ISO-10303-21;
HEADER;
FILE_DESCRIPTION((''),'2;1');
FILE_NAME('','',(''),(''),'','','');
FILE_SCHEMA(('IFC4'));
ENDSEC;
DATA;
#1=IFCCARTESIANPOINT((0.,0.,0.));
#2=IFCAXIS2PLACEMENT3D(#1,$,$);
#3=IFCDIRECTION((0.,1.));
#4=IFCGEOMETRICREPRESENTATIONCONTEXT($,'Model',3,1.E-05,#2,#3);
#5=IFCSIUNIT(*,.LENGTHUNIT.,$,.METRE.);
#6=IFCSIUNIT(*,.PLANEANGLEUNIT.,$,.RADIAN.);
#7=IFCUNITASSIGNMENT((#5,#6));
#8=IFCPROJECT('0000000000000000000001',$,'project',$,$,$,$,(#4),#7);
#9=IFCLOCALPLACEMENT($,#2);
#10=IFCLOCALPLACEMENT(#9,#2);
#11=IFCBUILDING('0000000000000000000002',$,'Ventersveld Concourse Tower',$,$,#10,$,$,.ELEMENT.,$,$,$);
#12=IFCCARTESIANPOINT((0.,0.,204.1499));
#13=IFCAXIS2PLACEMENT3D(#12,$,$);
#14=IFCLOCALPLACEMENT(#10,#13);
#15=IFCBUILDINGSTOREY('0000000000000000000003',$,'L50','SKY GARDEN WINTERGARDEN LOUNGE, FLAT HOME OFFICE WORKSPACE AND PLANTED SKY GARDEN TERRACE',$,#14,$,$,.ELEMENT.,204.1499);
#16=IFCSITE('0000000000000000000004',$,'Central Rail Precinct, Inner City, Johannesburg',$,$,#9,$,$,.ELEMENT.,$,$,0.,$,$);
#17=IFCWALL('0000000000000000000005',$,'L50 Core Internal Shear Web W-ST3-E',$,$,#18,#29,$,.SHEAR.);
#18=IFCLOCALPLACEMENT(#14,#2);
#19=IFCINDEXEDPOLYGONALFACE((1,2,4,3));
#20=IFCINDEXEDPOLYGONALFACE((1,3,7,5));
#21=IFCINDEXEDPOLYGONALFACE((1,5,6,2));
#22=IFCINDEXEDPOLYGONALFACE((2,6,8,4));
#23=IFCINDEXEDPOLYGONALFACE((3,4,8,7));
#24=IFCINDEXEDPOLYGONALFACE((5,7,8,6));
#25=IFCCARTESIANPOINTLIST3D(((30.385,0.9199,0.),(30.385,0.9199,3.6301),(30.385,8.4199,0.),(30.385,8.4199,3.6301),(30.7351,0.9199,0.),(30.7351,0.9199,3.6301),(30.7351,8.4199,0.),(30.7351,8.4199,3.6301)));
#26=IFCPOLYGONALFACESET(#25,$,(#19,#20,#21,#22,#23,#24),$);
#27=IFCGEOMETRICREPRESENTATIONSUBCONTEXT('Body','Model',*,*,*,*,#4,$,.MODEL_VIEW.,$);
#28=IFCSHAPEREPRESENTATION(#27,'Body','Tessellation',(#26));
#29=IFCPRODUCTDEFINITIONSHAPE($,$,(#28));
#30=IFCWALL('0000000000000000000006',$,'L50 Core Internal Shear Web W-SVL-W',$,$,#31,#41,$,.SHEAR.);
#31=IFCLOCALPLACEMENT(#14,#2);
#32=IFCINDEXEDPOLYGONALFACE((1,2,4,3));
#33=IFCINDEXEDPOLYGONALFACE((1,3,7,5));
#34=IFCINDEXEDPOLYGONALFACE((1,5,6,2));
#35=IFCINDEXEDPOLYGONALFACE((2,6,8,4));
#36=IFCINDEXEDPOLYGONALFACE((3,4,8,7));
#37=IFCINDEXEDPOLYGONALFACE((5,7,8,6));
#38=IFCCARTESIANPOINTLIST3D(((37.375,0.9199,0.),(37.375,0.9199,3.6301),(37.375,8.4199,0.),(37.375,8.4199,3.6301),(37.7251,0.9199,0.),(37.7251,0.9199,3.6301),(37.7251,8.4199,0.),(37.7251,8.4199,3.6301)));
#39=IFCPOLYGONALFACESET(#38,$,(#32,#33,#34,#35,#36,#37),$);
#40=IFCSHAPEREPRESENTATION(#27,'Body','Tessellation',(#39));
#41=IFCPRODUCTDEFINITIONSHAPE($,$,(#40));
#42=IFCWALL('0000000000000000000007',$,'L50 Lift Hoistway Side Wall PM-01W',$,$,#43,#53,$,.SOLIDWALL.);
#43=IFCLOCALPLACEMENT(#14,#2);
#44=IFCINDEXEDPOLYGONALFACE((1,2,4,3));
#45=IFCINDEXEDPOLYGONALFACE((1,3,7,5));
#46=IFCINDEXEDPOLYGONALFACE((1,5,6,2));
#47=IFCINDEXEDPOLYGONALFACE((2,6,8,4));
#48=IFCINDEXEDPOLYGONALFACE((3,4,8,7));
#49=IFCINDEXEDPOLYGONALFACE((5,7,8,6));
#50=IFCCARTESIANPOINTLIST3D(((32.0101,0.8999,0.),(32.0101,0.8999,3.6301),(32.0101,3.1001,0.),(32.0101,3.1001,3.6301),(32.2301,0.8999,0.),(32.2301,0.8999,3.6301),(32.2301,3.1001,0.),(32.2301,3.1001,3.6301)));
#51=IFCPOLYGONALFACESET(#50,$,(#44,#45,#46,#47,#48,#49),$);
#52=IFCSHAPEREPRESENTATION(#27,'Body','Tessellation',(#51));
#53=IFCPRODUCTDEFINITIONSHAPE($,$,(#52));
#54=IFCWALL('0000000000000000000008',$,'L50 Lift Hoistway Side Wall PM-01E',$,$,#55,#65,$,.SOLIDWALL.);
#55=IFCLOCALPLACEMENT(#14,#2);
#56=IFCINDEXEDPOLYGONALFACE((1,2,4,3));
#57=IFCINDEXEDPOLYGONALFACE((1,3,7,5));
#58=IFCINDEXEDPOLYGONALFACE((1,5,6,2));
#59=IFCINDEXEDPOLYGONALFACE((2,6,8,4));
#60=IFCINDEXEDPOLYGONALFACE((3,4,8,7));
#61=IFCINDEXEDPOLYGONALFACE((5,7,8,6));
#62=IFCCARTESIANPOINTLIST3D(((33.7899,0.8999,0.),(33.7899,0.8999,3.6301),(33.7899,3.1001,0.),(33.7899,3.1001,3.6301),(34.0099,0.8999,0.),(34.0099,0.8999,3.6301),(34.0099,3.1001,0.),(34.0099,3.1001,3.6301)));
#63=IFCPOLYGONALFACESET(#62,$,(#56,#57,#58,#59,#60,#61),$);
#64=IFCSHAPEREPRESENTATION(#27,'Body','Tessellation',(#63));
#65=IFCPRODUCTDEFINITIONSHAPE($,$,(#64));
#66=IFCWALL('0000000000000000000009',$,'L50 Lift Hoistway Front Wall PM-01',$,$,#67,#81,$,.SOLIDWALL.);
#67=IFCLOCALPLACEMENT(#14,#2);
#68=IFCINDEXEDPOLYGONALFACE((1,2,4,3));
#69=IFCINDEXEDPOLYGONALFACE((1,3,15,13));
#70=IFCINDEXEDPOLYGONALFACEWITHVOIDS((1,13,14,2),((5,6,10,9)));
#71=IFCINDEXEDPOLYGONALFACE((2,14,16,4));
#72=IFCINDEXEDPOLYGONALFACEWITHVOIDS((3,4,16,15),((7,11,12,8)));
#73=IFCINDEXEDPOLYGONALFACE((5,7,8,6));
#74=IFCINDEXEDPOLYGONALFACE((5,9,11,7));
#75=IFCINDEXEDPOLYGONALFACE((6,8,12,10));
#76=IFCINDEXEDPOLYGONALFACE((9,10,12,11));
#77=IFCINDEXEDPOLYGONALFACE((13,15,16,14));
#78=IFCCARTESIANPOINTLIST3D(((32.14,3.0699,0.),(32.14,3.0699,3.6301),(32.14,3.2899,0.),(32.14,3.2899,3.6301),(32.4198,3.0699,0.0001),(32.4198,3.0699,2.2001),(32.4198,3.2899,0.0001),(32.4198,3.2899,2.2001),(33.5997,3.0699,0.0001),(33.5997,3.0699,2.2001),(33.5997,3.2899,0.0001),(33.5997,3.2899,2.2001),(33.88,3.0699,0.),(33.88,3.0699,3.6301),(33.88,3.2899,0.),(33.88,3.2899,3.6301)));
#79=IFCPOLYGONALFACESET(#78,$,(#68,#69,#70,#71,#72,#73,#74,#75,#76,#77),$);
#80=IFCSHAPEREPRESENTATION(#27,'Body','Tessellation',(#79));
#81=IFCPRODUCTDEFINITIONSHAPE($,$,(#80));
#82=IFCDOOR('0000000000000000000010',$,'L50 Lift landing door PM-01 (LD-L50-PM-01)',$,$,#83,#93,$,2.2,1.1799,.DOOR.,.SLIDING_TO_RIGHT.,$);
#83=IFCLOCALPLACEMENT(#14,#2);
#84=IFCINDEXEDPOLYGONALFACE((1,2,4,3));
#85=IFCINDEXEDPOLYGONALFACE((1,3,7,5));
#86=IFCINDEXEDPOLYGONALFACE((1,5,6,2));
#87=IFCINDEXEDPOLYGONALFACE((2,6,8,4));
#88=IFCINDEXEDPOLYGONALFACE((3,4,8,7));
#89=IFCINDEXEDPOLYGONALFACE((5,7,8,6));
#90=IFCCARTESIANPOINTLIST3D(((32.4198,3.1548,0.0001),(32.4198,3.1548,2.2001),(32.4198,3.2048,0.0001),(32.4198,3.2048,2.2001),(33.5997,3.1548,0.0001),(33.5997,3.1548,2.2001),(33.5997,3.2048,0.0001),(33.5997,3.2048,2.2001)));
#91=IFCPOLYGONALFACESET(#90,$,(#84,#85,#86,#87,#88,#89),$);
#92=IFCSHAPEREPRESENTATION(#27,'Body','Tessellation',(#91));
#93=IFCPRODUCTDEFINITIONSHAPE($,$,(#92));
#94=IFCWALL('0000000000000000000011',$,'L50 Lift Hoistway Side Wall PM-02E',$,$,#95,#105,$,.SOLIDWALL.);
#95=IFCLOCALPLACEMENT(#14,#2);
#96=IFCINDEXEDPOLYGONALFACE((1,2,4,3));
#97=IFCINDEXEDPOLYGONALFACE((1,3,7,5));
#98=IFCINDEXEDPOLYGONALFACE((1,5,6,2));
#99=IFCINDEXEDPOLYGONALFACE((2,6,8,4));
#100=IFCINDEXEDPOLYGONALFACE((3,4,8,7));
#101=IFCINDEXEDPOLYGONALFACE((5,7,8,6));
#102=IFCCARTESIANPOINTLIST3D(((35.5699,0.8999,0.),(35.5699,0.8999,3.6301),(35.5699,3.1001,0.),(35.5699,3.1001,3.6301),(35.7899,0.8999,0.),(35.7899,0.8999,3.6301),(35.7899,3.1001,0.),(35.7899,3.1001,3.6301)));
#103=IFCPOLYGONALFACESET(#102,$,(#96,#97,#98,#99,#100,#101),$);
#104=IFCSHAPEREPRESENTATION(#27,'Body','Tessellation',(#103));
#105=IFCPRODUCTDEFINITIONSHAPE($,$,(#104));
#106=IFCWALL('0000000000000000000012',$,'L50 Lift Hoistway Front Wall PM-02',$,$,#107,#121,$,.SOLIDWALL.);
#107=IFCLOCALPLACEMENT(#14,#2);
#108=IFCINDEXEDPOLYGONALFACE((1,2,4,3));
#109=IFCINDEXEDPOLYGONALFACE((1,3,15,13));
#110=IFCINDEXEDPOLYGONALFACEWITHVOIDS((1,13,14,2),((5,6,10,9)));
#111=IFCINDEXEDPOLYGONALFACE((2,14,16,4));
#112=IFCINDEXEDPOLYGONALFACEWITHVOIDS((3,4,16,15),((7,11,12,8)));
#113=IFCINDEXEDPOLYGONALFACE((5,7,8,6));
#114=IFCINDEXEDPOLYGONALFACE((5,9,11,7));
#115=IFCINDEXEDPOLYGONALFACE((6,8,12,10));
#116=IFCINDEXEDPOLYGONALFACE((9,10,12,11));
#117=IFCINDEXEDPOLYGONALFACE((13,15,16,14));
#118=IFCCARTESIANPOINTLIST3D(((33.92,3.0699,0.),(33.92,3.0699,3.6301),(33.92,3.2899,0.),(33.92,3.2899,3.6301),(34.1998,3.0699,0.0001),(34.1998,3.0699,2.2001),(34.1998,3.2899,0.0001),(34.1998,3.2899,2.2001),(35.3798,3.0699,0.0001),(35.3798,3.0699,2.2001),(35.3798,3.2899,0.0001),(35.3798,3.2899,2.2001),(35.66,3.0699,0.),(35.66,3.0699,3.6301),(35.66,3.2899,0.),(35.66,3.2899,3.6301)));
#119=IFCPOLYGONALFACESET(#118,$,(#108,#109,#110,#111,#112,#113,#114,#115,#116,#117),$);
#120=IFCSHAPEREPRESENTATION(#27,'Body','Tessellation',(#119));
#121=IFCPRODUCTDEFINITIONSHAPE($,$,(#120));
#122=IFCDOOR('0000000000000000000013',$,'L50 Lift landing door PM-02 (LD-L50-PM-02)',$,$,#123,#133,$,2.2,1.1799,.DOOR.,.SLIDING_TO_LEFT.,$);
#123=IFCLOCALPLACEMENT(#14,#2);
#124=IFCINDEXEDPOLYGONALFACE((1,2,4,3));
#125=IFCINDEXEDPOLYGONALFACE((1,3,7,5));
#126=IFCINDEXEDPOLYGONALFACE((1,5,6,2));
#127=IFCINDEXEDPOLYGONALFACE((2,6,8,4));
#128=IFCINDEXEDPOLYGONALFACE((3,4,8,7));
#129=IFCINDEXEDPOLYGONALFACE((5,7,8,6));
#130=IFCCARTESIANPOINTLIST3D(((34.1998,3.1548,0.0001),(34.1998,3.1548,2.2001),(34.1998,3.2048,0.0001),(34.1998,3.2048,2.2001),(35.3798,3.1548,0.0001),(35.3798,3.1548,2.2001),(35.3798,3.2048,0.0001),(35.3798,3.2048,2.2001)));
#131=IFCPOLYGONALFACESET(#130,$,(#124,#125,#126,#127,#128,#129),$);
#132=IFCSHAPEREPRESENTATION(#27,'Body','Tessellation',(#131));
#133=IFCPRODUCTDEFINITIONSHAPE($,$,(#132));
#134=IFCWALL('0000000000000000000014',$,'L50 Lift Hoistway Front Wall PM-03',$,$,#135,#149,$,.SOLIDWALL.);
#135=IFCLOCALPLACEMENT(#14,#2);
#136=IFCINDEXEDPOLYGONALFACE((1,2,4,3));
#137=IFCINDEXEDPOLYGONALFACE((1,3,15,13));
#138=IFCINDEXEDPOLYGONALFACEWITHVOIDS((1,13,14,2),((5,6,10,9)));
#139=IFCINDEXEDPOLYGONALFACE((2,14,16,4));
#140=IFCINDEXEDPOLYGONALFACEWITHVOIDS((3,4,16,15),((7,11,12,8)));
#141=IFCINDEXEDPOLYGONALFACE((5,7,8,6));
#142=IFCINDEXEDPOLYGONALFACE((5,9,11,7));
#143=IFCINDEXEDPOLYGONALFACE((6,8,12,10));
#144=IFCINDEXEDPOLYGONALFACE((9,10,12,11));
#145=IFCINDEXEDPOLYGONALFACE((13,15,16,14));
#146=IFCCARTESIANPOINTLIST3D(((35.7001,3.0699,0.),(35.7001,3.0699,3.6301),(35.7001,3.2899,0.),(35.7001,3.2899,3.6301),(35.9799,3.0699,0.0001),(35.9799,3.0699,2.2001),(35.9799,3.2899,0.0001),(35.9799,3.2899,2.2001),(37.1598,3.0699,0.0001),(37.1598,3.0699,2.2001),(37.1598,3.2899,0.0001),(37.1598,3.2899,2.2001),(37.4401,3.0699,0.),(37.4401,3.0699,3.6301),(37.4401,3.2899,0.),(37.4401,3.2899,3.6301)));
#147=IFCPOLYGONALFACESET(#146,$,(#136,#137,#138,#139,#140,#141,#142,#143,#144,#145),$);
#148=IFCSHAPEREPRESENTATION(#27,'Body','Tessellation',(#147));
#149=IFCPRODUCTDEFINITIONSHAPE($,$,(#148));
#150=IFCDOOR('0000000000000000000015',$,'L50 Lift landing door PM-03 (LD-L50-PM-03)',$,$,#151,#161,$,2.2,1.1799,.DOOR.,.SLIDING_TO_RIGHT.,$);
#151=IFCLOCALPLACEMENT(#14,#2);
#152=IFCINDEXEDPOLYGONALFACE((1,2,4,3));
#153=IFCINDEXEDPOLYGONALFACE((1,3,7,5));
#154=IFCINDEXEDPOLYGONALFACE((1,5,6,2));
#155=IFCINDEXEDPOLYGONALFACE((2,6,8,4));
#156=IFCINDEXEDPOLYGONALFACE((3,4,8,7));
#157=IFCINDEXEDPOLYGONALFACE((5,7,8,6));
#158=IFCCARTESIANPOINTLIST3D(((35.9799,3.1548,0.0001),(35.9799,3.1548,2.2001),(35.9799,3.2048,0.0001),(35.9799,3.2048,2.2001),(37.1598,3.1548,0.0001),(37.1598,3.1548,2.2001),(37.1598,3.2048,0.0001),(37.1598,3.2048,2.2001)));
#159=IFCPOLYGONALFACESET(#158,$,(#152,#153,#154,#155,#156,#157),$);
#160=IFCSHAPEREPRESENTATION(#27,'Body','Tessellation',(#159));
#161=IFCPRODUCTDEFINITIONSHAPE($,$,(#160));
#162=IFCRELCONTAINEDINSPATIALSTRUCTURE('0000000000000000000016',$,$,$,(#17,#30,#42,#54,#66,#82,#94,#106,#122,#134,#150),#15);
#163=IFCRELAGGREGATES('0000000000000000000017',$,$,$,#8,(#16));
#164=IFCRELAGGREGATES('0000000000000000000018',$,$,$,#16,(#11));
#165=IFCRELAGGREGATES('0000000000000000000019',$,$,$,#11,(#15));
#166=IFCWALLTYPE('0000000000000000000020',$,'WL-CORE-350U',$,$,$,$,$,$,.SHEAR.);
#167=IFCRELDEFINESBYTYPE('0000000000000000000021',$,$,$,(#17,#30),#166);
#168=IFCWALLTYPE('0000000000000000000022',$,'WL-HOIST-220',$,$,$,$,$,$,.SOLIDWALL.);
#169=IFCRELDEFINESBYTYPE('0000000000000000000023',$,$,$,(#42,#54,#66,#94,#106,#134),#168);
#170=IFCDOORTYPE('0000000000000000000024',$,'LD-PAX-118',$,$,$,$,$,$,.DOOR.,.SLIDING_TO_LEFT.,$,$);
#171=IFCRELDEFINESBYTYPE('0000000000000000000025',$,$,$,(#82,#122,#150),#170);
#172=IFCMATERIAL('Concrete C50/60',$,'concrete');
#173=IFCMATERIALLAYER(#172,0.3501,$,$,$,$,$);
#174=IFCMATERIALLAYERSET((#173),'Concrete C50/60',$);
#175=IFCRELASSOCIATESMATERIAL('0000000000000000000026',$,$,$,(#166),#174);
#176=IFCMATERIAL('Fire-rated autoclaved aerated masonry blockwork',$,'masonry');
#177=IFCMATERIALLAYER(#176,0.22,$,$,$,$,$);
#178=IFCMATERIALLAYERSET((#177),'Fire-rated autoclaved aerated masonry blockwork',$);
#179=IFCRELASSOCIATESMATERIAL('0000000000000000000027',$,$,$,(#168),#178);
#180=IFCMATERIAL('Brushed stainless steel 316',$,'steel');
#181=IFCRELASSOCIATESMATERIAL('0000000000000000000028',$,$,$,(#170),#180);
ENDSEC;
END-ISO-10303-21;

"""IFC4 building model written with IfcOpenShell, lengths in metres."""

from ifc_helpers import new_model, si_unit, direction, frame, frame_2d, origin, place, context, subcontext, project, spatial, rectangle, extrude, material, layer, layer_set, type_object, element, fill, save


model = new_model("IFC4")

# Units and contexts
model_context = context("Model", 3, precision=1e-05, world=origin(), true_north=direction((0.0, 1.0)))
body_context = subcontext(model_context, "Body", "Model", "MODEL_VIEW")
ifc_project = project(units=[si_unit("LENGTHUNIT", "METRE"), si_unit("PLANEANGLEUNIT", "RADIAN")], contexts=[model_context])

# Site, building, storey
site_placement = place(None, origin())
site = spatial("IfcSite", under=ifc_project, at=site_placement, Name="Central Rail Precinct, Inner City, Johannesburg", CompositionType="ELEMENT", RefElevation=0.0)
building_placement = place(site_placement, origin())
building = spatial("IfcBuilding", under=site, at=building_placement, Name="Ventersveld Concourse Tower", CompositionType="ELEMENT")
storey_placement = place(building_placement, frame((0.0, 0.0, 204.1499)))
storey = spatial("IfcBuildingStorey", under=building, at=storey_placement, Name="L50", Description="SKY GARDEN WINTERGARDEN LOUNGE, FLAT HOME OFFICE WORKSPACE AND PLANTED SKY GARDEN TERRACE", CompositionType="ELEMENT", Elevation=204.1499)

# Shared definitions
ifc_material_1 = material(Name="Concrete C50/60", Category="concrete")

# Walls
ifc_layer_1 = layer(ifc_material_1, 0.3501)
ifc_layer_set_1 = layer_set([ifc_layer_1], Name="Concrete C50/60")
wall_type_1 = type_object("IfcWallType", Name="WL-CORE-350U", PredefinedType="SHEAR", material=ifc_layer_set_1)
for number, where, z_axis, x_axis, name in (
    (1, (30.5601, 0.9199, 0.0), (0.0, 0.0, 1.0), (0.0, 1.0, 0.0), "L50 Core Internal Shear Web W-ST3-E"),
    (2, (37.55, 0.9199, 0.0), (0.0, 0.0, 1.0), (0.0, 1.0, 0.0), "L50 Core Internal Shear Web W-SVL-W"),
):
    element("IfcWall", number, at=place(storey_placement, frame(where, z_axis=z_axis, x_axis=x_axis)), inside=storey, type_object=wall_type_1, Name=name, PredefinedType="SHEAR", context=body_context, shape_type="SweptSolid", body=[
        extrude(rectangle(XDim=7.5, YDim=0.3501, at=frame_2d((3.75, 0.0))), origin(), (0.0, 0.0, 1.0), 3.6301),
    ])
ifc_material_2 = material(Name="Fire-rated autoclaved aerated masonry blockwork", Category="masonry")
ifc_layer_2 = layer(ifc_material_2, 0.22)
ifc_layer_set_2 = layer_set([ifc_layer_2], Name="Fire-rated autoclaved aerated masonry blockwork")
wall_type_2 = type_object("IfcWallType", Name="WL-HOIST-220", PredefinedType="SOLIDWALL", material=ifc_layer_set_2)
for number, where, z_axis, x_axis, name in (
    (3, (32.1201, 0.8999, 0.0), (0.0, 0.0, 1.0), (0.0, 1.0, 0.0), "L50 Lift Hoistway Side Wall PM-01W"),
    (4, (33.8999, 0.8999, 0.0), (0.0, 0.0, 1.0), (0.0, 1.0, 0.0), "L50 Lift Hoistway Side Wall PM-01E"),
):
    element("IfcWall", number, at=place(storey_placement, frame(where, z_axis=z_axis, x_axis=x_axis)), inside=storey, type_object=wall_type_2, Name=name, PredefinedType="SOLIDWALL", context=body_context, shape_type="SweptSolid", body=[
        extrude(rectangle(XDim=2.2002, YDim=0.22, at=frame_2d((1.1001, 0.0))), origin(), (0.0, 0.0, 1.0), 3.6301),
    ])

# Wall, opening, door
wall_1_placement = place(storey_placement, frame((32.1399, 3.1799, 0.0), z_axis=(0.0, 0.0, 1.0), x_axis=(1.0, 0.0, 0.0)))
wall_1 = element("IfcWall", 5, at=wall_1_placement, inside=storey, type_object=wall_type_2, Name="L50 Lift Hoistway Front Wall PM-01", PredefinedType="SOLIDWALL", context=body_context, shape_type="SweptSolid", body=[
    extrude(rectangle(XDim=1.74, YDim=0.22, at=frame_2d((0.8701, 0.0))), origin(), (0.0, 0.0, 1.0), 3.6301),
])
opening_1_placement = place(wall_1_placement, frame((0.28, 0.0, 0.0)))
opening_1 = element("IfcOpeningElement", 6, at=opening_1_placement, cuts=wall_1, PredefinedType="OPENING", context=body_context, shape_type="SweptSolid", body=[
    extrude(rectangle(XDim=1.1799, YDim=2.2, at=frame_2d((0.5898, 1.1001))), frame((0.0, 0.1201, 0.0), z_axis=(0.0, -1.0, 0.0), x_axis=(1.0, 0.0, 0.0)), (0.0, 0.0, 1.0), 0.24),
])
ifc_material_3 = material(Name="Brushed stainless steel 316", Category="steel")
door_type = type_object("IfcDoorType", Name="LD-PAX-118", OperationType="SLIDING_TO_LEFT", PredefinedType="DOOR", material=ifc_material_3)
door_1_placement = place(opening_1_placement, origin())
door_1 = element("IfcDoor", 7, at=door_1_placement, inside=storey, type_object=door_type, Name="L50 Lift landing door PM-01 (LD-L50-PM-01)", OperationType="SLIDING_TO_RIGHT", OverallHeight=2.2, OverallWidth=1.1799, PredefinedType="DOOR", context=body_context, shape_type="SweptSolid", body=[
    extrude(rectangle(XDim=1.1799, YDim=2.2, at=frame_2d((0.5898, 1.1001))), frame((0.0, 0.0249, 0.0), z_axis=(0.0, -1.0, 0.0), x_axis=(1.0, 0.0, 0.0)), (0.0, 0.0, 1.0), 0.05),
])
fill(opening_1, door_1)

# Wall
wall_2_placement = place(storey_placement, frame((35.6799, 0.8999, 0.0), z_axis=(0.0, 0.0, 1.0), x_axis=(0.0, 1.0, 0.0)))
element("IfcWall", 8, at=wall_2_placement, inside=storey, type_object=wall_type_2, Name="L50 Lift Hoistway Side Wall PM-02E", PredefinedType="SOLIDWALL", context=body_context, shape_type="SweptSolid", body=[
    extrude(rectangle(XDim=2.2002, YDim=0.22, at=frame_2d((1.1001, 0.0))), origin(), (0.0, 0.0, 1.0), 3.6301),
])

# Walls, openings, doors
wall_3_placement = place(storey_placement, frame((33.9199, 3.1799, 0.0), z_axis=(0.0, 0.0, 1.0), x_axis=(1.0, 0.0, 0.0)))
wall_3 = element("IfcWall", 9, at=wall_3_placement, inside=storey, type_object=wall_type_2, Name="L50 Lift Hoistway Front Wall PM-02", PredefinedType="SOLIDWALL", context=body_context, shape_type="SweptSolid", body=[
    extrude(rectangle(XDim=1.74, YDim=0.22, at=frame_2d((0.8701, 0.0))), origin(), (0.0, 0.0, 1.0), 3.6301),
])
opening_2_placement = place(wall_3_placement, frame((0.28, 0.0, 0.0)))
opening_2 = element("IfcOpeningElement", 10, at=opening_2_placement, cuts=wall_3, PredefinedType="OPENING", context=body_context, shape_type="SweptSolid", body=[
    extrude(rectangle(XDim=1.1799, YDim=2.2, at=frame_2d((0.5898, 1.1001))), frame((0.0, 0.1201, 0.0), z_axis=(0.0, -1.0, 0.0), x_axis=(1.0, 0.0, 0.0)), (0.0, 0.0, 1.0), 0.24),
])
door_2_placement = place(opening_2_placement, origin())
door_2 = element("IfcDoor", 11, at=door_2_placement, inside=storey, type_object=door_type, Name="L50 Lift landing door PM-02 (LD-L50-PM-02)", OperationType="SLIDING_TO_LEFT", OverallHeight=2.2, OverallWidth=1.1799, PredefinedType="DOOR", context=body_context, shape_type="SweptSolid", body=[
    extrude(rectangle(XDim=1.1799, YDim=2.2, at=frame_2d((0.5898, 1.1001))), frame((0.0, 0.0249, 0.0), z_axis=(0.0, -1.0, 0.0), x_axis=(1.0, 0.0, 0.0)), (0.0, 0.0, 1.0), 0.05),
])
fill(opening_2, door_2)
wall_4_placement = place(storey_placement, frame((35.7, 3.1799, 0.0), z_axis=(0.0, 0.0, 1.0), x_axis=(1.0, 0.0, 0.0)))
wall_4 = element("IfcWall", 12, at=wall_4_placement, inside=storey, type_object=wall_type_2, Name="L50 Lift Hoistway Front Wall PM-03", PredefinedType="SOLIDWALL", context=body_context, shape_type="SweptSolid", body=[
    extrude(rectangle(XDim=1.74, YDim=0.22, at=frame_2d((0.8701, 0.0))), origin(), (0.0, 0.0, 1.0), 3.6301),
])
opening_3_placement = place(wall_4_placement, frame((0.28, 0.0, 0.0)))
opening_3 = element("IfcOpeningElement", 13, at=opening_3_placement, cuts=wall_4, PredefinedType="OPENING", context=body_context, shape_type="SweptSolid", body=[
    extrude(rectangle(XDim=1.1799, YDim=2.2, at=frame_2d((0.5898, 1.1001))), frame((0.0, 0.1201, 0.0), z_axis=(0.0, -1.0, 0.0), x_axis=(1.0, 0.0, 0.0)), (0.0, 0.0, 1.0), 0.24),
])
door_3_placement = place(opening_3_placement, origin())
door_3 = element("IfcDoor", 14, at=door_3_placement, inside=storey, type_object=door_type, Name="L50 Lift landing door PM-03 (LD-L50-PM-03)", OperationType="SLIDING_TO_RIGHT", OverallHeight=2.2, OverallWidth=1.1799, PredefinedType="DOOR", context=body_context, shape_type="SweptSolid", body=[
    extrude(rectangle(XDim=1.1799, YDim=2.2, at=frame_2d((0.5898, 1.1001))), frame((0.0, 0.0249, 0.0), z_axis=(0.0, -1.0, 0.0), x_axis=(1.0, 0.0, 0.0)), (0.0, 0.0, 1.0), 0.05),
])
fill(opening_3, door_3)

save(model, "model.ifc")
